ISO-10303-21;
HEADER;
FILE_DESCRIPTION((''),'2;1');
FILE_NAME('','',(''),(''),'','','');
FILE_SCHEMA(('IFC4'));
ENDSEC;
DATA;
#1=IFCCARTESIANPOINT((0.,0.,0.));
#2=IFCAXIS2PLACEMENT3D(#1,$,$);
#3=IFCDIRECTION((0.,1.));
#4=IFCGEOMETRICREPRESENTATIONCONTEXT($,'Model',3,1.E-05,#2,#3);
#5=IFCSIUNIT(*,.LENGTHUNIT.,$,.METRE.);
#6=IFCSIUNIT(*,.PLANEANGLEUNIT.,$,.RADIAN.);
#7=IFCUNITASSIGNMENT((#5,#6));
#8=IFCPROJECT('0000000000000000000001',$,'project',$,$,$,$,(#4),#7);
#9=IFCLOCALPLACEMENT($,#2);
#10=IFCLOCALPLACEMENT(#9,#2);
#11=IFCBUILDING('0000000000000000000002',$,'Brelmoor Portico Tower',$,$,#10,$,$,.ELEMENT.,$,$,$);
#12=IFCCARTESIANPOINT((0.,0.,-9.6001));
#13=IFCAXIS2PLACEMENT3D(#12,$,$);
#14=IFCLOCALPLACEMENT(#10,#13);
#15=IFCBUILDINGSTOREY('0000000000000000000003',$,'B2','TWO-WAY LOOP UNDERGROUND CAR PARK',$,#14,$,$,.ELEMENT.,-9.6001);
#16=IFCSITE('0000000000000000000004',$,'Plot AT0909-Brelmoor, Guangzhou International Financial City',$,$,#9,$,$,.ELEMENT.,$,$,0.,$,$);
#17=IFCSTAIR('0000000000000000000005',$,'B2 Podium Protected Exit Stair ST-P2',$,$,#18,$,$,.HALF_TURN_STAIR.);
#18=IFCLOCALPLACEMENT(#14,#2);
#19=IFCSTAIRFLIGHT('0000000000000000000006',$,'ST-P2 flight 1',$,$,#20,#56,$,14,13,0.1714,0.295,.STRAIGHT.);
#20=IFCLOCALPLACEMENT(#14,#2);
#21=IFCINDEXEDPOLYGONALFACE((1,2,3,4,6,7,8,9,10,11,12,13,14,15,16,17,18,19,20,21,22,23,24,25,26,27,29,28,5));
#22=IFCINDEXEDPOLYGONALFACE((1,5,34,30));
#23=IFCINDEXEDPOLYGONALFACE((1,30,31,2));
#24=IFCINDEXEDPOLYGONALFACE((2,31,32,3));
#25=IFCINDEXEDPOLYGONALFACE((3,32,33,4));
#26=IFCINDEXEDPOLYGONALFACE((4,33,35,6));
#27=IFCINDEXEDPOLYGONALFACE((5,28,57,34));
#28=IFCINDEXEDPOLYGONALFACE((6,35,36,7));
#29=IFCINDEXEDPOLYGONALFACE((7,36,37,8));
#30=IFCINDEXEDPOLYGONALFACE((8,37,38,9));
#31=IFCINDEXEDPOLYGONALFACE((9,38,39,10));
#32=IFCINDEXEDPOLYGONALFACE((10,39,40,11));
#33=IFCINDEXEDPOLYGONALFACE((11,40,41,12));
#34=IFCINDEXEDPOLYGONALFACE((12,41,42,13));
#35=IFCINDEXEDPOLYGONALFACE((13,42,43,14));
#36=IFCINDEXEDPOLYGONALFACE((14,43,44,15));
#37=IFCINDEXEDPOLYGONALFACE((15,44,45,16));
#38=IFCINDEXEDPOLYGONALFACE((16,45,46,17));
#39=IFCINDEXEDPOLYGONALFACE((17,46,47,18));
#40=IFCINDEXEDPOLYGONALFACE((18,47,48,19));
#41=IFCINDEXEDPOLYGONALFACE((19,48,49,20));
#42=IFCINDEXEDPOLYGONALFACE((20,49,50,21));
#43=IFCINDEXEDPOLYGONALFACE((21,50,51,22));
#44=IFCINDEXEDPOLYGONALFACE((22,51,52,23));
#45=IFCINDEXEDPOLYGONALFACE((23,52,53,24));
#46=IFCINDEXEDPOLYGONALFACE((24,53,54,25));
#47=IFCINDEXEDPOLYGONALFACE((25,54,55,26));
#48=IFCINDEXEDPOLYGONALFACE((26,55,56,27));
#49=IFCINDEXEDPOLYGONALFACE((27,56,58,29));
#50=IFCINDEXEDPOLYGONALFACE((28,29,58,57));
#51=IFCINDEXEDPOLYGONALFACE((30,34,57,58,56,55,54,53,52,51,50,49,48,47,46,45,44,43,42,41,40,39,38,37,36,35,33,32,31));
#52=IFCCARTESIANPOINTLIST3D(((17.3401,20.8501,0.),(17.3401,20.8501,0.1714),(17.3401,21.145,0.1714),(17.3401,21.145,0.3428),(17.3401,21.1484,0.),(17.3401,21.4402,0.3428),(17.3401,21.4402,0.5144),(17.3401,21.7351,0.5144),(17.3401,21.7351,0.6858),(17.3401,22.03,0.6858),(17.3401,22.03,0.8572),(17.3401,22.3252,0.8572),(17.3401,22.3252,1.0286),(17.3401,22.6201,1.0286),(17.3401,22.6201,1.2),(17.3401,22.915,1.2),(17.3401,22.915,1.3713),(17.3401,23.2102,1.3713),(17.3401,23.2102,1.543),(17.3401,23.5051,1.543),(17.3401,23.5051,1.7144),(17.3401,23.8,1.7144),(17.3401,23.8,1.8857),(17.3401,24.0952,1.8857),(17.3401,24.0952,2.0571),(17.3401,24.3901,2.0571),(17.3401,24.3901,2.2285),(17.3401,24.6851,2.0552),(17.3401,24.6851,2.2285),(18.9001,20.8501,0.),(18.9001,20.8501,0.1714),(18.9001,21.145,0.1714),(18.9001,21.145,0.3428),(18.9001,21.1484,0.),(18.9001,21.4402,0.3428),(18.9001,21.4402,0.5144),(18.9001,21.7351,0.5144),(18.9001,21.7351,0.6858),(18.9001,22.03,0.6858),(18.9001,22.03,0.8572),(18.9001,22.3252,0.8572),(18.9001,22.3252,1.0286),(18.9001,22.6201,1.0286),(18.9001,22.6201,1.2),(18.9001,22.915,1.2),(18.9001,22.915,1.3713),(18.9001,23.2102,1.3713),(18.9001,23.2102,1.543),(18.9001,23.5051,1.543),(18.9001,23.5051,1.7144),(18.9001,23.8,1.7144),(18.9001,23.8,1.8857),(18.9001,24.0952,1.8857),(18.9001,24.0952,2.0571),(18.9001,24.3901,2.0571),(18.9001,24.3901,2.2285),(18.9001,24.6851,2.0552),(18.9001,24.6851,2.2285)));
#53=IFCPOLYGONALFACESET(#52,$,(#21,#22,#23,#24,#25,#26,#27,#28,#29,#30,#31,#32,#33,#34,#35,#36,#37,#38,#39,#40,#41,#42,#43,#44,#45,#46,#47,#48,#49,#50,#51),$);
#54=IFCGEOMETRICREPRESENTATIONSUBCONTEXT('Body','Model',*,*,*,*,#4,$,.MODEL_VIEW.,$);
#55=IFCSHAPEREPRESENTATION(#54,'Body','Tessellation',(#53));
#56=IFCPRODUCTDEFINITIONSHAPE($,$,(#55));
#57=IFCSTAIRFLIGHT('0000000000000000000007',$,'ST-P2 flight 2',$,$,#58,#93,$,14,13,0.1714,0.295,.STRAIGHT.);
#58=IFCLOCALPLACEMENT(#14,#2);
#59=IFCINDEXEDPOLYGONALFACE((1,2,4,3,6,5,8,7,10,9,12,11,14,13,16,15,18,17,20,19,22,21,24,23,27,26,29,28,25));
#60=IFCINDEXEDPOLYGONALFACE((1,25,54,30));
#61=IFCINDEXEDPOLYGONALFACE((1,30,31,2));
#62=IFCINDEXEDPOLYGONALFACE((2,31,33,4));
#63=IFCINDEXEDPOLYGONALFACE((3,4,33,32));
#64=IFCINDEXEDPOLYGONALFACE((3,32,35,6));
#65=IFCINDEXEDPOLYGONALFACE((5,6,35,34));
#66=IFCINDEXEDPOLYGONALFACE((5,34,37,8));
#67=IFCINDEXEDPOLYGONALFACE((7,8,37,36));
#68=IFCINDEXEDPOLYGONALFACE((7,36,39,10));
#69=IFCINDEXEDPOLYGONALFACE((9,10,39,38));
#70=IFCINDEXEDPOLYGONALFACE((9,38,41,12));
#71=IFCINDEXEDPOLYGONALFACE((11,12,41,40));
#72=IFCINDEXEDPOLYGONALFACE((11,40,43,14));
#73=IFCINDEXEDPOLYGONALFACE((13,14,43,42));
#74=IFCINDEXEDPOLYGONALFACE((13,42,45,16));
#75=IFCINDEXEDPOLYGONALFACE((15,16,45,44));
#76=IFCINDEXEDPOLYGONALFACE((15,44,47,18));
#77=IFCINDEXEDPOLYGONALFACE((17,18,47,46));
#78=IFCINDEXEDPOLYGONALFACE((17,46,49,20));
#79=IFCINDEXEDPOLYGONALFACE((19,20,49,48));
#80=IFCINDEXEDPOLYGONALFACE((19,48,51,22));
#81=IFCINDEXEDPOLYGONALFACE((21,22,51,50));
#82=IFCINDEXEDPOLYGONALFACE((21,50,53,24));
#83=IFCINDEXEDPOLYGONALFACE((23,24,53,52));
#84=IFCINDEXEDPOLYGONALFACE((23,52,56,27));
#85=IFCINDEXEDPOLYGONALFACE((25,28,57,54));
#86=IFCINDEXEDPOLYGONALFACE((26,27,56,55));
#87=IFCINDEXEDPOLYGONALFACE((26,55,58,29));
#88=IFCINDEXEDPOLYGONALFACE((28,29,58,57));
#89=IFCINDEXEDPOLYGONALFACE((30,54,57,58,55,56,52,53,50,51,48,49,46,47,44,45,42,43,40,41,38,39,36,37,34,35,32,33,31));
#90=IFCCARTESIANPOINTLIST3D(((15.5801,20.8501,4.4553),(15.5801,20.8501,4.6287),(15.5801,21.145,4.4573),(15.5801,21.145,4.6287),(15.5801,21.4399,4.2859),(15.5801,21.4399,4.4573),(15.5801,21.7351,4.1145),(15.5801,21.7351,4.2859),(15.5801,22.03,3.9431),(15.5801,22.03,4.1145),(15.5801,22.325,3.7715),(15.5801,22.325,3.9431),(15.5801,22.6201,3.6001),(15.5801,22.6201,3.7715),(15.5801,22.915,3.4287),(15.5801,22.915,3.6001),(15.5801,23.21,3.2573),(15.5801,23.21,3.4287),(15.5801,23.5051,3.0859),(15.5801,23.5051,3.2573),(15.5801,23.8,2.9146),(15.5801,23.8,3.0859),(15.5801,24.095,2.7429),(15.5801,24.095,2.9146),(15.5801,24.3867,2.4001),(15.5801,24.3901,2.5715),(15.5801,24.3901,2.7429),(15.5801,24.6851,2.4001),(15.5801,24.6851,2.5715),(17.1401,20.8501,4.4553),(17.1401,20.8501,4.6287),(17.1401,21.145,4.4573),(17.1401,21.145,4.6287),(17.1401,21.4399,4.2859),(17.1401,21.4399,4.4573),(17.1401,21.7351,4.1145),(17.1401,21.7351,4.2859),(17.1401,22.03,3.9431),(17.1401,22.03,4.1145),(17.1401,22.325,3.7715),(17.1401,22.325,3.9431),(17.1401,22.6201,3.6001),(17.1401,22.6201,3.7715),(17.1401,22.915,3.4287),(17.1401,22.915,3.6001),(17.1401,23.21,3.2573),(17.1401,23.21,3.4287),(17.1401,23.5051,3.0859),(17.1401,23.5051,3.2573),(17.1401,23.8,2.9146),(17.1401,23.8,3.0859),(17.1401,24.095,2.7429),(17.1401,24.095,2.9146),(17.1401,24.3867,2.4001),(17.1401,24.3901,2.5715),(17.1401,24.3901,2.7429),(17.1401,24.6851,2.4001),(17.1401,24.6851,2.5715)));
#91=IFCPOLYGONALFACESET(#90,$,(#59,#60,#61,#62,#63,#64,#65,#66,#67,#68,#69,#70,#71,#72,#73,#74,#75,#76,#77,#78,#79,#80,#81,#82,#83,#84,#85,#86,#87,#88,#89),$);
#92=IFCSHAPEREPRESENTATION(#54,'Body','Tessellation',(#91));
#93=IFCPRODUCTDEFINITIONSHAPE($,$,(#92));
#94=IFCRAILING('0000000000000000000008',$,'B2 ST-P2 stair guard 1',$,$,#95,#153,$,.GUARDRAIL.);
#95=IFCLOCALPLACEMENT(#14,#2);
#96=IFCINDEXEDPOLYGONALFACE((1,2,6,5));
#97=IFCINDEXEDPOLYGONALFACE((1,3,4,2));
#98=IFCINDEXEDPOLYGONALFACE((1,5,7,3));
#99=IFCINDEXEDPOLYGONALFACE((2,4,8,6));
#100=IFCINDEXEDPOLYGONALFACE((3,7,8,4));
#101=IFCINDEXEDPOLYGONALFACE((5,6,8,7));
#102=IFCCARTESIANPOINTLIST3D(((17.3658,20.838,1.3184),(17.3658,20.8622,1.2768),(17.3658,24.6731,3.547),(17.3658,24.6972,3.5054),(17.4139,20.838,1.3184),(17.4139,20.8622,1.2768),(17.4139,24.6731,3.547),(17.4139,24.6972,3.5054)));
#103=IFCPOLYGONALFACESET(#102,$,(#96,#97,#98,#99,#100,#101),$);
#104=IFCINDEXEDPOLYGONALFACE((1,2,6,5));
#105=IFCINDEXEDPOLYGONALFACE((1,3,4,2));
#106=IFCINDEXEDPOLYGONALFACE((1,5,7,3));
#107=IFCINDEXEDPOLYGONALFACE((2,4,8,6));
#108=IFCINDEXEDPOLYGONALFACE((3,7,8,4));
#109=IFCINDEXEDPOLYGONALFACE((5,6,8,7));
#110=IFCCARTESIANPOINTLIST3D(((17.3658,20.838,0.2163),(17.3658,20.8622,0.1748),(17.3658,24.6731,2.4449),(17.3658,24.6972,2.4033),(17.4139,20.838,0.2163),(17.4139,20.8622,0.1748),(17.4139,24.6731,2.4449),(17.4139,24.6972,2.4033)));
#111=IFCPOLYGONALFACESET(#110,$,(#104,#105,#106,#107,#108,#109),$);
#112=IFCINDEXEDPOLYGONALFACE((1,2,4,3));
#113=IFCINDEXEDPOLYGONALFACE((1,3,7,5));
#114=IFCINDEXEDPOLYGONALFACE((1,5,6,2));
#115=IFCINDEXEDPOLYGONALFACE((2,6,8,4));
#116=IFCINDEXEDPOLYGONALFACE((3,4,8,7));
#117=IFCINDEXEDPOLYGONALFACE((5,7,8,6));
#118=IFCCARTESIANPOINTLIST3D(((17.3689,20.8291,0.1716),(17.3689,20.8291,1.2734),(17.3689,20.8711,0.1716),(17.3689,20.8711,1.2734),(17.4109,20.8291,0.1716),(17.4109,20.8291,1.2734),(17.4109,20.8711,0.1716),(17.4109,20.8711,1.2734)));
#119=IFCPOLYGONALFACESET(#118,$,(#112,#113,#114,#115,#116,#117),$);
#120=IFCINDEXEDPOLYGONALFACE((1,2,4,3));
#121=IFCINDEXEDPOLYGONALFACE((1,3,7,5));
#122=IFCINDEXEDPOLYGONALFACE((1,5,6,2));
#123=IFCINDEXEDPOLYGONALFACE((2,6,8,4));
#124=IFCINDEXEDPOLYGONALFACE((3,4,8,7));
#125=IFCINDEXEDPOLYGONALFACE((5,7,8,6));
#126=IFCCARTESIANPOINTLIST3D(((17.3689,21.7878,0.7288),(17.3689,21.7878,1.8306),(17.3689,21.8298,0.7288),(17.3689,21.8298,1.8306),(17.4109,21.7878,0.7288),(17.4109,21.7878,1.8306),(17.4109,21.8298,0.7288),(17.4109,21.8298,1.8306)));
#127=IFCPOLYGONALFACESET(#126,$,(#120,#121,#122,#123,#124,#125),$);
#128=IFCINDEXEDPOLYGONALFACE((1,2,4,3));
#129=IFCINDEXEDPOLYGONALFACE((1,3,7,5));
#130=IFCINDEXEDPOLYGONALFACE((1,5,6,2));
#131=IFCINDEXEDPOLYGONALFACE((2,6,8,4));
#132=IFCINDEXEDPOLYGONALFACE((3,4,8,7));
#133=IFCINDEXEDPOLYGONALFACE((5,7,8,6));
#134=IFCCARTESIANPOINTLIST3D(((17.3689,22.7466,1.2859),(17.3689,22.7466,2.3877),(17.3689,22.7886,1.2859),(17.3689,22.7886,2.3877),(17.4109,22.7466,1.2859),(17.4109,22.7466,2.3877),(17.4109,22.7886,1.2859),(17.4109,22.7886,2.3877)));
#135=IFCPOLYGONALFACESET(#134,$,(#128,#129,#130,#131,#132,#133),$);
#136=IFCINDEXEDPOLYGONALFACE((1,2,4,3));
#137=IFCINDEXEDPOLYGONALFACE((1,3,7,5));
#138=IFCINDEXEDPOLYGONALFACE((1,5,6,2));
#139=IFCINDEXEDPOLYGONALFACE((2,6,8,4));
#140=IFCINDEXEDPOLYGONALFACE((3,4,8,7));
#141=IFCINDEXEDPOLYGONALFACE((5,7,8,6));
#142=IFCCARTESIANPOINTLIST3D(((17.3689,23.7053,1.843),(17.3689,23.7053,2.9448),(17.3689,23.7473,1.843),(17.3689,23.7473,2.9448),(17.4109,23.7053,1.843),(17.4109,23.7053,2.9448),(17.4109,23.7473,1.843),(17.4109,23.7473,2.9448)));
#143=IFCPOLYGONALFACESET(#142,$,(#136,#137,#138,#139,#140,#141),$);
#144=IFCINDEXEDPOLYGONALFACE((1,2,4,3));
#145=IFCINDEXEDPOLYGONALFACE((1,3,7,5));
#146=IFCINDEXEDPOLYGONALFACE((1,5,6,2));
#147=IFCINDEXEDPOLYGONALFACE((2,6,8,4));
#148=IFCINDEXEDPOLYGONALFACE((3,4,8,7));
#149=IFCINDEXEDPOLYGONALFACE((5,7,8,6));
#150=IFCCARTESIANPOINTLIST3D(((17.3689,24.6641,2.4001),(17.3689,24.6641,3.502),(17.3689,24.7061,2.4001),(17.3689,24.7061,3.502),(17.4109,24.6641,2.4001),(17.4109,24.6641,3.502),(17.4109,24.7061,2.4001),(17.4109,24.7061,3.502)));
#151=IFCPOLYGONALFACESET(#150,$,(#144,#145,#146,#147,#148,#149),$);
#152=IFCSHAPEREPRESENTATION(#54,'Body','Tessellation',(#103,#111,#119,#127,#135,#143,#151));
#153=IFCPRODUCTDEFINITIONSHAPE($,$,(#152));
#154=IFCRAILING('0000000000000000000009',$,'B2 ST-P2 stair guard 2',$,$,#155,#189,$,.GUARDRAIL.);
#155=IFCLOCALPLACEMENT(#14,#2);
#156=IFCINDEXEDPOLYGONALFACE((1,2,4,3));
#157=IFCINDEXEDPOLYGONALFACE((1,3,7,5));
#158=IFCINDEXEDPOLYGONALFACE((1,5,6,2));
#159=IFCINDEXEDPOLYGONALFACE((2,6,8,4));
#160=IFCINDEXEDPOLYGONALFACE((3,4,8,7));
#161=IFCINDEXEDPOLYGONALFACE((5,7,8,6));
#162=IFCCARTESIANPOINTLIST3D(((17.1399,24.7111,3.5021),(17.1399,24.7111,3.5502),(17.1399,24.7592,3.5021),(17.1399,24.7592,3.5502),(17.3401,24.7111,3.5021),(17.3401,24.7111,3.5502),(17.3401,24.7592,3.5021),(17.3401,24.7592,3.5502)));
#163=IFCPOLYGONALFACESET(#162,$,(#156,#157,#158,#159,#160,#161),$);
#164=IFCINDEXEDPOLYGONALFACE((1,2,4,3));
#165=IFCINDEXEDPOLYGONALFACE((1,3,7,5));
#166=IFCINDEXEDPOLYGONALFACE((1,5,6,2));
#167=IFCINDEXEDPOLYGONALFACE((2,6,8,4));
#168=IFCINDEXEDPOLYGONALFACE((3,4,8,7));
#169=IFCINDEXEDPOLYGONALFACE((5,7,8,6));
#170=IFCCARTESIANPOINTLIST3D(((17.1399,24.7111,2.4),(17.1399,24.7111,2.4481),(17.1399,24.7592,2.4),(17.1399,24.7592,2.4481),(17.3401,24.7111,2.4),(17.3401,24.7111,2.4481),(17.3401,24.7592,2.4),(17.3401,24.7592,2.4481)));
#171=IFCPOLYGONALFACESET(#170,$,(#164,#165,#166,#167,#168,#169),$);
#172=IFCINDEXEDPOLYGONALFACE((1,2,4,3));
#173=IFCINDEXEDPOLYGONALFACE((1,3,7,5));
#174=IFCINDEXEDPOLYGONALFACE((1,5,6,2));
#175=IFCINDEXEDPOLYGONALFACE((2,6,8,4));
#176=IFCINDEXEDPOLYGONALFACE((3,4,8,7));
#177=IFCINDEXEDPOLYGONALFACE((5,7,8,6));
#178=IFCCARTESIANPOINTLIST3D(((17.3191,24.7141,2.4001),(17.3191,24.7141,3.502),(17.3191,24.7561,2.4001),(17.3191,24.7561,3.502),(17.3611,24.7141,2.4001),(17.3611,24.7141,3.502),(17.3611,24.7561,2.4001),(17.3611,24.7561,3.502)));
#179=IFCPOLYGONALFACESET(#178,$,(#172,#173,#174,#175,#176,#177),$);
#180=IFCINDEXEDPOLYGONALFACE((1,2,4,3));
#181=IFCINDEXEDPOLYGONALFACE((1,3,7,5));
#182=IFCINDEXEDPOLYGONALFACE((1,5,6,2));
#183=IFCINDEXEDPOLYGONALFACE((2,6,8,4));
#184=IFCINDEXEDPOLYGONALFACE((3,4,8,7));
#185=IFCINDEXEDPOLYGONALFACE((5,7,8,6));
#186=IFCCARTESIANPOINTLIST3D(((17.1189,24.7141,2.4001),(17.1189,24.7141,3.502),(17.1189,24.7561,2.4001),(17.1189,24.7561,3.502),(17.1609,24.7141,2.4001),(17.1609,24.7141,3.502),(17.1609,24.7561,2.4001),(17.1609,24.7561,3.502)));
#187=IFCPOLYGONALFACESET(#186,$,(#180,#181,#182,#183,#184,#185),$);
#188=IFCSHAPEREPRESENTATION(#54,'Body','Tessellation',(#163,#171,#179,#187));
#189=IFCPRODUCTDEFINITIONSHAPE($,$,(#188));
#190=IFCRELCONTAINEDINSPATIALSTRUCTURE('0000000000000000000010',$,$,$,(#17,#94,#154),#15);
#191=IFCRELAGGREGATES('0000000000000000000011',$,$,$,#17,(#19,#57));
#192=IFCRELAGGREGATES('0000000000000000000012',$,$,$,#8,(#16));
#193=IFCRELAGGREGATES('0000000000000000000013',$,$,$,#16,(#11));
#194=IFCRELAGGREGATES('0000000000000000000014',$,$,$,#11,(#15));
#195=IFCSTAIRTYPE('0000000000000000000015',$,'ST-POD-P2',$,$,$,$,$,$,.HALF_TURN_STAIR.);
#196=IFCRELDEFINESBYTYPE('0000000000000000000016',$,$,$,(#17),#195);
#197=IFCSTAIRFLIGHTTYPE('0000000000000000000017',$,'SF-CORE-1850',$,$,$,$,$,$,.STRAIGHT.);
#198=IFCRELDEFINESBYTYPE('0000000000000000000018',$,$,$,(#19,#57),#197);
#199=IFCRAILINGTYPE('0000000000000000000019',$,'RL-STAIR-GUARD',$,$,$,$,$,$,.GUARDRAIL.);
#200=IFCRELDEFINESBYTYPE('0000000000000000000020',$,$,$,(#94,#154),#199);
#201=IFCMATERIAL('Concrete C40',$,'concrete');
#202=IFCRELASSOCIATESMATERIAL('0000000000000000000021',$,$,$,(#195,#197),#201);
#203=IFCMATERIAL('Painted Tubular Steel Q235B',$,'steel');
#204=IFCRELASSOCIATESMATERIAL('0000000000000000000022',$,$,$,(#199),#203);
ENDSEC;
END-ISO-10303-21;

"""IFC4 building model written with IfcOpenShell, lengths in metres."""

from ifc_helpers import new_model, si_unit, direction, frame, origin, origin_2d, place, context, subcontext, project, spatial, polyline, rectangle, outline, extrude, material, type_object, element, aggregate, save


model = new_model("IFC4")

# Units and contexts
model_context = context("Model", 3, precision=1e-05, world=origin(), true_north=direction((0.0, 1.0)))
body_context = subcontext(model_context, "Body", "Model", "MODEL_VIEW")
ifc_project = project(units=[si_unit("LENGTHUNIT", "METRE"), si_unit("PLANEANGLEUNIT", "RADIAN")], contexts=[model_context])

# Site, building, storey
site_placement = place(None, origin())
site = spatial("IfcSite", under=ifc_project, at=site_placement, Name="Plot AT0909-Brelmoor, Guangzhou International Financial City", CompositionType="ELEMENT", RefElevation=0.0)
building_placement = place(site_placement, origin())
building = spatial("IfcBuilding", under=site, at=building_placement, Name="Brelmoor Portico Tower", CompositionType="ELEMENT")
storey_placement = place(building_placement, frame((0.0, 0.0, -9.6001)))
storey = spatial("IfcBuildingStorey", under=building, at=storey_placement, Name="B2", Description="TWO-WAY LOOP UNDERGROUND CAR PARK", CompositionType="ELEMENT", Elevation=-9.6001)

# Shared definitions
ifc_material_1 = material(Name="Concrete C40", Category="concrete")

# Stair, stair flights
stair_type = type_object("IfcStairType", Name="ST-POD-P2", PredefinedType="HALF_TURN_STAIR", material=ifc_material_1)
stair_placement = place(storey_placement, origin())
stair = element("IfcStair", 1, at=stair_placement, inside=storey, type_object=stair_type, Name="B2 Podium Protected Exit Stair ST-P2", PredefinedType="HALF_TURN_STAIR")
stair_flight_type = type_object("IfcStairFlightType", Name="SF-CORE-1850", PredefinedType="STRAIGHT", material=ifc_material_1)
stair_flight_1_placement = place(storey_placement, frame((18.1201, 20.8501, 0.0), z_axis=(0.0, 0.0, 1.0), x_axis=(0.0, 1.0, 0.0)))
stair_flight_1 = element("IfcStairFlight", 2, at=stair_flight_1_placement, type_object=stair_flight_type, Name="ST-P2 flight 1", NumberOfRisers=14, NumberOfTreads=13, PredefinedType="STRAIGHT", RiserHeight=0.1714, TreadLength=0.295, context=body_context, shape_type="SweptSolid", body=[
    extrude(outline(polyline([(0.0, 0.0), (0.0, 0.1714), (0.2949, 0.1714), (0.2949, 0.3428), (0.5901, 0.3428), (0.5901, 0.5144), (0.885, 0.5144), (0.885, 0.6858), (1.1799, 0.6858), (1.1799, 0.8572), (1.4751, 0.8572), (1.4751, 1.0286), (1.77, 1.0286), (1.77, 1.2), (2.0649, 1.2), (2.0649, 1.3713), (2.3601, 1.3713), (2.3601, 1.543), (2.655, 1.543), (2.655, 1.7144), (2.95, 1.7144), (2.95, 1.8857), (3.2451, 1.8857), (3.2451, 2.0571), (3.54, 2.0571), (3.54, 2.2285), (3.835, 2.2285), (3.835, 2.3999), (3.835, 2.0552), (0.2983, 0.0), (0.0, 0.0)])), frame((0.0, 0.78, 0.0), z_axis=(0.0, -1.0, 0.0), x_axis=(1.0, 0.0, 0.0)), (0.0, 0.0, 1.0), 1.5601),
])
stair_flight_2_placement = place(storey_placement, frame((16.3601, 24.6851, 2.4001), z_axis=(0.0, 0.0, 1.0), x_axis=(0.0, -1.0, 0.0)))
stair_flight_2 = element("IfcStairFlight", 3, at=stair_flight_2_placement, type_object=stair_flight_type, Name="ST-P2 flight 2", NumberOfRisers=14, NumberOfTreads=13, PredefinedType="STRAIGHT", RiserHeight=0.1714, TreadLength=0.295, context=body_context, shape_type="SweptSolid", body=[
    extrude(outline(polyline([(0.0, 0.0), (0.0, 0.1714), (0.2949, 0.1714), (0.2949, 0.3428), (0.5901, 0.3428), (0.5901, 0.5144), (0.885, 0.5144), (0.885, 0.6858), (1.1799, 0.6858), (1.1799, 0.8572), (1.4751, 0.8572), (1.4751, 1.0286), (1.77, 1.0286), (1.77, 1.2), (2.0649, 1.2), (2.0649, 1.3713), (2.3601, 1.3713), (2.3601, 1.543), (2.655, 1.543), (2.655, 1.7144), (2.95, 1.7144), (2.95, 1.8857), (3.2451, 1.8857), (3.2451, 2.0571), (3.54, 2.0571), (3.54, 2.2285), (3.835, 2.2285), (3.835, 2.3999), (3.835, 2.0552), (0.2983, 0.0), (0.0, 0.0)])), frame((0.0, 0.78, 0.0), z_axis=(0.0, -1.0, 0.0), x_axis=(1.0, 0.0, 0.0)), (0.0, 0.0, 1.0), 1.5601),
])
aggregate(stair, [stair_flight_1, stair_flight_2])

# Railings
ifc_material_2 = material(Name="Painted Tubular Steel Q235B", Category="steel")
railing_type_1 = type_object("IfcRailingType", Name="RL-STAIR-GUARD", PredefinedType="GUARDRAIL", material=ifc_material_2)
railing_1_placement = place(storey_placement, frame((17.3899, 20.8501, 0.1716)))
element("IfcRailing", 4, at=railing_1_placement, inside=storey, type_object=railing_type_1, Name="B2 ST-P2 stair guard 1", PredefinedType="GUARDRAIL", context=body_context, shape_type="SweptSolid", body=[
    extrude(rectangle(XDim=0.0481, YDim=0.0481, at=origin_2d()), frame((0.0, 0.0, 1.126), z_axis=(0.0, 0.864616, 0.502433), x_axis=(-1.0, 0.0, 0.0)), (0.0, 0.0, 1.0), 4.4355),
    extrude(rectangle(XDim=0.0481, YDim=0.0481, at=origin_2d()), frame((0.0, 0.0, 0.0239), z_axis=(0.0, 0.864616, 0.502433), x_axis=(-1.0, 0.0, 0.0)), (0.0, 0.0, 1.0), 4.4355),
    extrude(rectangle(XDim=0.042, YDim=0.042, at=origin_2d()), origin(), (0.0, 0.0, 1.0), 1.1018),
    extrude(rectangle(XDim=0.042, YDim=0.042, at=origin_2d()), frame((0.0, 0.9587, 0.5571)), (0.0, 0.0, 1.0), 1.1018),
    extrude(rectangle(XDim=0.042, YDim=0.042, at=origin_2d()), frame((0.0, 1.9175, 1.1143)), (0.0, 0.0, 1.0), 1.1018),
    extrude(rectangle(XDim=0.042, YDim=0.042, at=origin_2d()), frame((0.0, 2.8762, 1.6714)), (0.0, 0.0, 1.0), 1.1018),
    extrude(rectangle(XDim=0.042, YDim=0.042, at=origin_2d()), frame((0.0, 3.835, 2.2285)), (0.0, 0.0, 1.0), 1.1018),
])
railing_2_placement = place(storey_placement, frame((17.3401, 24.7351, 2.4001)))
element("IfcRailing", 5, at=railing_2_placement, inside=storey, type_object=railing_type_1, Name="B2 ST-P2 stair guard 2", PredefinedType="GUARDRAIL", context=body_context, shape_type="SweptSolid", body=[
    extrude(rectangle(XDim=0.0481, YDim=0.0481, at=origin_2d()), frame((0.0, 0.0, 1.126), z_axis=(-1.0, 0.0, 0.0), x_axis=(0.0, -1.0, 0.0)), (0.0, 0.0, 1.0), 0.2002),
    extrude(rectangle(XDim=0.0481, YDim=0.0481, at=origin_2d()), frame((0.0, 0.0, 0.0239), z_axis=(-1.0, 0.0, 0.0), x_axis=(0.0, -1.0, 0.0)), (0.0, 0.0, 1.0), 0.2002),
    extrude(rectangle(XDim=0.042, YDim=0.042, at=origin_2d()), origin(), (0.0, 0.0, 1.0), 1.1018),
    extrude(rectangle(XDim=0.042, YDim=0.042, at=origin_2d()), frame((-0.2002, 0.0, 0.0)), (0.0, 0.0, 1.0), 1.1018),
])

save(model, "model.ifc")
